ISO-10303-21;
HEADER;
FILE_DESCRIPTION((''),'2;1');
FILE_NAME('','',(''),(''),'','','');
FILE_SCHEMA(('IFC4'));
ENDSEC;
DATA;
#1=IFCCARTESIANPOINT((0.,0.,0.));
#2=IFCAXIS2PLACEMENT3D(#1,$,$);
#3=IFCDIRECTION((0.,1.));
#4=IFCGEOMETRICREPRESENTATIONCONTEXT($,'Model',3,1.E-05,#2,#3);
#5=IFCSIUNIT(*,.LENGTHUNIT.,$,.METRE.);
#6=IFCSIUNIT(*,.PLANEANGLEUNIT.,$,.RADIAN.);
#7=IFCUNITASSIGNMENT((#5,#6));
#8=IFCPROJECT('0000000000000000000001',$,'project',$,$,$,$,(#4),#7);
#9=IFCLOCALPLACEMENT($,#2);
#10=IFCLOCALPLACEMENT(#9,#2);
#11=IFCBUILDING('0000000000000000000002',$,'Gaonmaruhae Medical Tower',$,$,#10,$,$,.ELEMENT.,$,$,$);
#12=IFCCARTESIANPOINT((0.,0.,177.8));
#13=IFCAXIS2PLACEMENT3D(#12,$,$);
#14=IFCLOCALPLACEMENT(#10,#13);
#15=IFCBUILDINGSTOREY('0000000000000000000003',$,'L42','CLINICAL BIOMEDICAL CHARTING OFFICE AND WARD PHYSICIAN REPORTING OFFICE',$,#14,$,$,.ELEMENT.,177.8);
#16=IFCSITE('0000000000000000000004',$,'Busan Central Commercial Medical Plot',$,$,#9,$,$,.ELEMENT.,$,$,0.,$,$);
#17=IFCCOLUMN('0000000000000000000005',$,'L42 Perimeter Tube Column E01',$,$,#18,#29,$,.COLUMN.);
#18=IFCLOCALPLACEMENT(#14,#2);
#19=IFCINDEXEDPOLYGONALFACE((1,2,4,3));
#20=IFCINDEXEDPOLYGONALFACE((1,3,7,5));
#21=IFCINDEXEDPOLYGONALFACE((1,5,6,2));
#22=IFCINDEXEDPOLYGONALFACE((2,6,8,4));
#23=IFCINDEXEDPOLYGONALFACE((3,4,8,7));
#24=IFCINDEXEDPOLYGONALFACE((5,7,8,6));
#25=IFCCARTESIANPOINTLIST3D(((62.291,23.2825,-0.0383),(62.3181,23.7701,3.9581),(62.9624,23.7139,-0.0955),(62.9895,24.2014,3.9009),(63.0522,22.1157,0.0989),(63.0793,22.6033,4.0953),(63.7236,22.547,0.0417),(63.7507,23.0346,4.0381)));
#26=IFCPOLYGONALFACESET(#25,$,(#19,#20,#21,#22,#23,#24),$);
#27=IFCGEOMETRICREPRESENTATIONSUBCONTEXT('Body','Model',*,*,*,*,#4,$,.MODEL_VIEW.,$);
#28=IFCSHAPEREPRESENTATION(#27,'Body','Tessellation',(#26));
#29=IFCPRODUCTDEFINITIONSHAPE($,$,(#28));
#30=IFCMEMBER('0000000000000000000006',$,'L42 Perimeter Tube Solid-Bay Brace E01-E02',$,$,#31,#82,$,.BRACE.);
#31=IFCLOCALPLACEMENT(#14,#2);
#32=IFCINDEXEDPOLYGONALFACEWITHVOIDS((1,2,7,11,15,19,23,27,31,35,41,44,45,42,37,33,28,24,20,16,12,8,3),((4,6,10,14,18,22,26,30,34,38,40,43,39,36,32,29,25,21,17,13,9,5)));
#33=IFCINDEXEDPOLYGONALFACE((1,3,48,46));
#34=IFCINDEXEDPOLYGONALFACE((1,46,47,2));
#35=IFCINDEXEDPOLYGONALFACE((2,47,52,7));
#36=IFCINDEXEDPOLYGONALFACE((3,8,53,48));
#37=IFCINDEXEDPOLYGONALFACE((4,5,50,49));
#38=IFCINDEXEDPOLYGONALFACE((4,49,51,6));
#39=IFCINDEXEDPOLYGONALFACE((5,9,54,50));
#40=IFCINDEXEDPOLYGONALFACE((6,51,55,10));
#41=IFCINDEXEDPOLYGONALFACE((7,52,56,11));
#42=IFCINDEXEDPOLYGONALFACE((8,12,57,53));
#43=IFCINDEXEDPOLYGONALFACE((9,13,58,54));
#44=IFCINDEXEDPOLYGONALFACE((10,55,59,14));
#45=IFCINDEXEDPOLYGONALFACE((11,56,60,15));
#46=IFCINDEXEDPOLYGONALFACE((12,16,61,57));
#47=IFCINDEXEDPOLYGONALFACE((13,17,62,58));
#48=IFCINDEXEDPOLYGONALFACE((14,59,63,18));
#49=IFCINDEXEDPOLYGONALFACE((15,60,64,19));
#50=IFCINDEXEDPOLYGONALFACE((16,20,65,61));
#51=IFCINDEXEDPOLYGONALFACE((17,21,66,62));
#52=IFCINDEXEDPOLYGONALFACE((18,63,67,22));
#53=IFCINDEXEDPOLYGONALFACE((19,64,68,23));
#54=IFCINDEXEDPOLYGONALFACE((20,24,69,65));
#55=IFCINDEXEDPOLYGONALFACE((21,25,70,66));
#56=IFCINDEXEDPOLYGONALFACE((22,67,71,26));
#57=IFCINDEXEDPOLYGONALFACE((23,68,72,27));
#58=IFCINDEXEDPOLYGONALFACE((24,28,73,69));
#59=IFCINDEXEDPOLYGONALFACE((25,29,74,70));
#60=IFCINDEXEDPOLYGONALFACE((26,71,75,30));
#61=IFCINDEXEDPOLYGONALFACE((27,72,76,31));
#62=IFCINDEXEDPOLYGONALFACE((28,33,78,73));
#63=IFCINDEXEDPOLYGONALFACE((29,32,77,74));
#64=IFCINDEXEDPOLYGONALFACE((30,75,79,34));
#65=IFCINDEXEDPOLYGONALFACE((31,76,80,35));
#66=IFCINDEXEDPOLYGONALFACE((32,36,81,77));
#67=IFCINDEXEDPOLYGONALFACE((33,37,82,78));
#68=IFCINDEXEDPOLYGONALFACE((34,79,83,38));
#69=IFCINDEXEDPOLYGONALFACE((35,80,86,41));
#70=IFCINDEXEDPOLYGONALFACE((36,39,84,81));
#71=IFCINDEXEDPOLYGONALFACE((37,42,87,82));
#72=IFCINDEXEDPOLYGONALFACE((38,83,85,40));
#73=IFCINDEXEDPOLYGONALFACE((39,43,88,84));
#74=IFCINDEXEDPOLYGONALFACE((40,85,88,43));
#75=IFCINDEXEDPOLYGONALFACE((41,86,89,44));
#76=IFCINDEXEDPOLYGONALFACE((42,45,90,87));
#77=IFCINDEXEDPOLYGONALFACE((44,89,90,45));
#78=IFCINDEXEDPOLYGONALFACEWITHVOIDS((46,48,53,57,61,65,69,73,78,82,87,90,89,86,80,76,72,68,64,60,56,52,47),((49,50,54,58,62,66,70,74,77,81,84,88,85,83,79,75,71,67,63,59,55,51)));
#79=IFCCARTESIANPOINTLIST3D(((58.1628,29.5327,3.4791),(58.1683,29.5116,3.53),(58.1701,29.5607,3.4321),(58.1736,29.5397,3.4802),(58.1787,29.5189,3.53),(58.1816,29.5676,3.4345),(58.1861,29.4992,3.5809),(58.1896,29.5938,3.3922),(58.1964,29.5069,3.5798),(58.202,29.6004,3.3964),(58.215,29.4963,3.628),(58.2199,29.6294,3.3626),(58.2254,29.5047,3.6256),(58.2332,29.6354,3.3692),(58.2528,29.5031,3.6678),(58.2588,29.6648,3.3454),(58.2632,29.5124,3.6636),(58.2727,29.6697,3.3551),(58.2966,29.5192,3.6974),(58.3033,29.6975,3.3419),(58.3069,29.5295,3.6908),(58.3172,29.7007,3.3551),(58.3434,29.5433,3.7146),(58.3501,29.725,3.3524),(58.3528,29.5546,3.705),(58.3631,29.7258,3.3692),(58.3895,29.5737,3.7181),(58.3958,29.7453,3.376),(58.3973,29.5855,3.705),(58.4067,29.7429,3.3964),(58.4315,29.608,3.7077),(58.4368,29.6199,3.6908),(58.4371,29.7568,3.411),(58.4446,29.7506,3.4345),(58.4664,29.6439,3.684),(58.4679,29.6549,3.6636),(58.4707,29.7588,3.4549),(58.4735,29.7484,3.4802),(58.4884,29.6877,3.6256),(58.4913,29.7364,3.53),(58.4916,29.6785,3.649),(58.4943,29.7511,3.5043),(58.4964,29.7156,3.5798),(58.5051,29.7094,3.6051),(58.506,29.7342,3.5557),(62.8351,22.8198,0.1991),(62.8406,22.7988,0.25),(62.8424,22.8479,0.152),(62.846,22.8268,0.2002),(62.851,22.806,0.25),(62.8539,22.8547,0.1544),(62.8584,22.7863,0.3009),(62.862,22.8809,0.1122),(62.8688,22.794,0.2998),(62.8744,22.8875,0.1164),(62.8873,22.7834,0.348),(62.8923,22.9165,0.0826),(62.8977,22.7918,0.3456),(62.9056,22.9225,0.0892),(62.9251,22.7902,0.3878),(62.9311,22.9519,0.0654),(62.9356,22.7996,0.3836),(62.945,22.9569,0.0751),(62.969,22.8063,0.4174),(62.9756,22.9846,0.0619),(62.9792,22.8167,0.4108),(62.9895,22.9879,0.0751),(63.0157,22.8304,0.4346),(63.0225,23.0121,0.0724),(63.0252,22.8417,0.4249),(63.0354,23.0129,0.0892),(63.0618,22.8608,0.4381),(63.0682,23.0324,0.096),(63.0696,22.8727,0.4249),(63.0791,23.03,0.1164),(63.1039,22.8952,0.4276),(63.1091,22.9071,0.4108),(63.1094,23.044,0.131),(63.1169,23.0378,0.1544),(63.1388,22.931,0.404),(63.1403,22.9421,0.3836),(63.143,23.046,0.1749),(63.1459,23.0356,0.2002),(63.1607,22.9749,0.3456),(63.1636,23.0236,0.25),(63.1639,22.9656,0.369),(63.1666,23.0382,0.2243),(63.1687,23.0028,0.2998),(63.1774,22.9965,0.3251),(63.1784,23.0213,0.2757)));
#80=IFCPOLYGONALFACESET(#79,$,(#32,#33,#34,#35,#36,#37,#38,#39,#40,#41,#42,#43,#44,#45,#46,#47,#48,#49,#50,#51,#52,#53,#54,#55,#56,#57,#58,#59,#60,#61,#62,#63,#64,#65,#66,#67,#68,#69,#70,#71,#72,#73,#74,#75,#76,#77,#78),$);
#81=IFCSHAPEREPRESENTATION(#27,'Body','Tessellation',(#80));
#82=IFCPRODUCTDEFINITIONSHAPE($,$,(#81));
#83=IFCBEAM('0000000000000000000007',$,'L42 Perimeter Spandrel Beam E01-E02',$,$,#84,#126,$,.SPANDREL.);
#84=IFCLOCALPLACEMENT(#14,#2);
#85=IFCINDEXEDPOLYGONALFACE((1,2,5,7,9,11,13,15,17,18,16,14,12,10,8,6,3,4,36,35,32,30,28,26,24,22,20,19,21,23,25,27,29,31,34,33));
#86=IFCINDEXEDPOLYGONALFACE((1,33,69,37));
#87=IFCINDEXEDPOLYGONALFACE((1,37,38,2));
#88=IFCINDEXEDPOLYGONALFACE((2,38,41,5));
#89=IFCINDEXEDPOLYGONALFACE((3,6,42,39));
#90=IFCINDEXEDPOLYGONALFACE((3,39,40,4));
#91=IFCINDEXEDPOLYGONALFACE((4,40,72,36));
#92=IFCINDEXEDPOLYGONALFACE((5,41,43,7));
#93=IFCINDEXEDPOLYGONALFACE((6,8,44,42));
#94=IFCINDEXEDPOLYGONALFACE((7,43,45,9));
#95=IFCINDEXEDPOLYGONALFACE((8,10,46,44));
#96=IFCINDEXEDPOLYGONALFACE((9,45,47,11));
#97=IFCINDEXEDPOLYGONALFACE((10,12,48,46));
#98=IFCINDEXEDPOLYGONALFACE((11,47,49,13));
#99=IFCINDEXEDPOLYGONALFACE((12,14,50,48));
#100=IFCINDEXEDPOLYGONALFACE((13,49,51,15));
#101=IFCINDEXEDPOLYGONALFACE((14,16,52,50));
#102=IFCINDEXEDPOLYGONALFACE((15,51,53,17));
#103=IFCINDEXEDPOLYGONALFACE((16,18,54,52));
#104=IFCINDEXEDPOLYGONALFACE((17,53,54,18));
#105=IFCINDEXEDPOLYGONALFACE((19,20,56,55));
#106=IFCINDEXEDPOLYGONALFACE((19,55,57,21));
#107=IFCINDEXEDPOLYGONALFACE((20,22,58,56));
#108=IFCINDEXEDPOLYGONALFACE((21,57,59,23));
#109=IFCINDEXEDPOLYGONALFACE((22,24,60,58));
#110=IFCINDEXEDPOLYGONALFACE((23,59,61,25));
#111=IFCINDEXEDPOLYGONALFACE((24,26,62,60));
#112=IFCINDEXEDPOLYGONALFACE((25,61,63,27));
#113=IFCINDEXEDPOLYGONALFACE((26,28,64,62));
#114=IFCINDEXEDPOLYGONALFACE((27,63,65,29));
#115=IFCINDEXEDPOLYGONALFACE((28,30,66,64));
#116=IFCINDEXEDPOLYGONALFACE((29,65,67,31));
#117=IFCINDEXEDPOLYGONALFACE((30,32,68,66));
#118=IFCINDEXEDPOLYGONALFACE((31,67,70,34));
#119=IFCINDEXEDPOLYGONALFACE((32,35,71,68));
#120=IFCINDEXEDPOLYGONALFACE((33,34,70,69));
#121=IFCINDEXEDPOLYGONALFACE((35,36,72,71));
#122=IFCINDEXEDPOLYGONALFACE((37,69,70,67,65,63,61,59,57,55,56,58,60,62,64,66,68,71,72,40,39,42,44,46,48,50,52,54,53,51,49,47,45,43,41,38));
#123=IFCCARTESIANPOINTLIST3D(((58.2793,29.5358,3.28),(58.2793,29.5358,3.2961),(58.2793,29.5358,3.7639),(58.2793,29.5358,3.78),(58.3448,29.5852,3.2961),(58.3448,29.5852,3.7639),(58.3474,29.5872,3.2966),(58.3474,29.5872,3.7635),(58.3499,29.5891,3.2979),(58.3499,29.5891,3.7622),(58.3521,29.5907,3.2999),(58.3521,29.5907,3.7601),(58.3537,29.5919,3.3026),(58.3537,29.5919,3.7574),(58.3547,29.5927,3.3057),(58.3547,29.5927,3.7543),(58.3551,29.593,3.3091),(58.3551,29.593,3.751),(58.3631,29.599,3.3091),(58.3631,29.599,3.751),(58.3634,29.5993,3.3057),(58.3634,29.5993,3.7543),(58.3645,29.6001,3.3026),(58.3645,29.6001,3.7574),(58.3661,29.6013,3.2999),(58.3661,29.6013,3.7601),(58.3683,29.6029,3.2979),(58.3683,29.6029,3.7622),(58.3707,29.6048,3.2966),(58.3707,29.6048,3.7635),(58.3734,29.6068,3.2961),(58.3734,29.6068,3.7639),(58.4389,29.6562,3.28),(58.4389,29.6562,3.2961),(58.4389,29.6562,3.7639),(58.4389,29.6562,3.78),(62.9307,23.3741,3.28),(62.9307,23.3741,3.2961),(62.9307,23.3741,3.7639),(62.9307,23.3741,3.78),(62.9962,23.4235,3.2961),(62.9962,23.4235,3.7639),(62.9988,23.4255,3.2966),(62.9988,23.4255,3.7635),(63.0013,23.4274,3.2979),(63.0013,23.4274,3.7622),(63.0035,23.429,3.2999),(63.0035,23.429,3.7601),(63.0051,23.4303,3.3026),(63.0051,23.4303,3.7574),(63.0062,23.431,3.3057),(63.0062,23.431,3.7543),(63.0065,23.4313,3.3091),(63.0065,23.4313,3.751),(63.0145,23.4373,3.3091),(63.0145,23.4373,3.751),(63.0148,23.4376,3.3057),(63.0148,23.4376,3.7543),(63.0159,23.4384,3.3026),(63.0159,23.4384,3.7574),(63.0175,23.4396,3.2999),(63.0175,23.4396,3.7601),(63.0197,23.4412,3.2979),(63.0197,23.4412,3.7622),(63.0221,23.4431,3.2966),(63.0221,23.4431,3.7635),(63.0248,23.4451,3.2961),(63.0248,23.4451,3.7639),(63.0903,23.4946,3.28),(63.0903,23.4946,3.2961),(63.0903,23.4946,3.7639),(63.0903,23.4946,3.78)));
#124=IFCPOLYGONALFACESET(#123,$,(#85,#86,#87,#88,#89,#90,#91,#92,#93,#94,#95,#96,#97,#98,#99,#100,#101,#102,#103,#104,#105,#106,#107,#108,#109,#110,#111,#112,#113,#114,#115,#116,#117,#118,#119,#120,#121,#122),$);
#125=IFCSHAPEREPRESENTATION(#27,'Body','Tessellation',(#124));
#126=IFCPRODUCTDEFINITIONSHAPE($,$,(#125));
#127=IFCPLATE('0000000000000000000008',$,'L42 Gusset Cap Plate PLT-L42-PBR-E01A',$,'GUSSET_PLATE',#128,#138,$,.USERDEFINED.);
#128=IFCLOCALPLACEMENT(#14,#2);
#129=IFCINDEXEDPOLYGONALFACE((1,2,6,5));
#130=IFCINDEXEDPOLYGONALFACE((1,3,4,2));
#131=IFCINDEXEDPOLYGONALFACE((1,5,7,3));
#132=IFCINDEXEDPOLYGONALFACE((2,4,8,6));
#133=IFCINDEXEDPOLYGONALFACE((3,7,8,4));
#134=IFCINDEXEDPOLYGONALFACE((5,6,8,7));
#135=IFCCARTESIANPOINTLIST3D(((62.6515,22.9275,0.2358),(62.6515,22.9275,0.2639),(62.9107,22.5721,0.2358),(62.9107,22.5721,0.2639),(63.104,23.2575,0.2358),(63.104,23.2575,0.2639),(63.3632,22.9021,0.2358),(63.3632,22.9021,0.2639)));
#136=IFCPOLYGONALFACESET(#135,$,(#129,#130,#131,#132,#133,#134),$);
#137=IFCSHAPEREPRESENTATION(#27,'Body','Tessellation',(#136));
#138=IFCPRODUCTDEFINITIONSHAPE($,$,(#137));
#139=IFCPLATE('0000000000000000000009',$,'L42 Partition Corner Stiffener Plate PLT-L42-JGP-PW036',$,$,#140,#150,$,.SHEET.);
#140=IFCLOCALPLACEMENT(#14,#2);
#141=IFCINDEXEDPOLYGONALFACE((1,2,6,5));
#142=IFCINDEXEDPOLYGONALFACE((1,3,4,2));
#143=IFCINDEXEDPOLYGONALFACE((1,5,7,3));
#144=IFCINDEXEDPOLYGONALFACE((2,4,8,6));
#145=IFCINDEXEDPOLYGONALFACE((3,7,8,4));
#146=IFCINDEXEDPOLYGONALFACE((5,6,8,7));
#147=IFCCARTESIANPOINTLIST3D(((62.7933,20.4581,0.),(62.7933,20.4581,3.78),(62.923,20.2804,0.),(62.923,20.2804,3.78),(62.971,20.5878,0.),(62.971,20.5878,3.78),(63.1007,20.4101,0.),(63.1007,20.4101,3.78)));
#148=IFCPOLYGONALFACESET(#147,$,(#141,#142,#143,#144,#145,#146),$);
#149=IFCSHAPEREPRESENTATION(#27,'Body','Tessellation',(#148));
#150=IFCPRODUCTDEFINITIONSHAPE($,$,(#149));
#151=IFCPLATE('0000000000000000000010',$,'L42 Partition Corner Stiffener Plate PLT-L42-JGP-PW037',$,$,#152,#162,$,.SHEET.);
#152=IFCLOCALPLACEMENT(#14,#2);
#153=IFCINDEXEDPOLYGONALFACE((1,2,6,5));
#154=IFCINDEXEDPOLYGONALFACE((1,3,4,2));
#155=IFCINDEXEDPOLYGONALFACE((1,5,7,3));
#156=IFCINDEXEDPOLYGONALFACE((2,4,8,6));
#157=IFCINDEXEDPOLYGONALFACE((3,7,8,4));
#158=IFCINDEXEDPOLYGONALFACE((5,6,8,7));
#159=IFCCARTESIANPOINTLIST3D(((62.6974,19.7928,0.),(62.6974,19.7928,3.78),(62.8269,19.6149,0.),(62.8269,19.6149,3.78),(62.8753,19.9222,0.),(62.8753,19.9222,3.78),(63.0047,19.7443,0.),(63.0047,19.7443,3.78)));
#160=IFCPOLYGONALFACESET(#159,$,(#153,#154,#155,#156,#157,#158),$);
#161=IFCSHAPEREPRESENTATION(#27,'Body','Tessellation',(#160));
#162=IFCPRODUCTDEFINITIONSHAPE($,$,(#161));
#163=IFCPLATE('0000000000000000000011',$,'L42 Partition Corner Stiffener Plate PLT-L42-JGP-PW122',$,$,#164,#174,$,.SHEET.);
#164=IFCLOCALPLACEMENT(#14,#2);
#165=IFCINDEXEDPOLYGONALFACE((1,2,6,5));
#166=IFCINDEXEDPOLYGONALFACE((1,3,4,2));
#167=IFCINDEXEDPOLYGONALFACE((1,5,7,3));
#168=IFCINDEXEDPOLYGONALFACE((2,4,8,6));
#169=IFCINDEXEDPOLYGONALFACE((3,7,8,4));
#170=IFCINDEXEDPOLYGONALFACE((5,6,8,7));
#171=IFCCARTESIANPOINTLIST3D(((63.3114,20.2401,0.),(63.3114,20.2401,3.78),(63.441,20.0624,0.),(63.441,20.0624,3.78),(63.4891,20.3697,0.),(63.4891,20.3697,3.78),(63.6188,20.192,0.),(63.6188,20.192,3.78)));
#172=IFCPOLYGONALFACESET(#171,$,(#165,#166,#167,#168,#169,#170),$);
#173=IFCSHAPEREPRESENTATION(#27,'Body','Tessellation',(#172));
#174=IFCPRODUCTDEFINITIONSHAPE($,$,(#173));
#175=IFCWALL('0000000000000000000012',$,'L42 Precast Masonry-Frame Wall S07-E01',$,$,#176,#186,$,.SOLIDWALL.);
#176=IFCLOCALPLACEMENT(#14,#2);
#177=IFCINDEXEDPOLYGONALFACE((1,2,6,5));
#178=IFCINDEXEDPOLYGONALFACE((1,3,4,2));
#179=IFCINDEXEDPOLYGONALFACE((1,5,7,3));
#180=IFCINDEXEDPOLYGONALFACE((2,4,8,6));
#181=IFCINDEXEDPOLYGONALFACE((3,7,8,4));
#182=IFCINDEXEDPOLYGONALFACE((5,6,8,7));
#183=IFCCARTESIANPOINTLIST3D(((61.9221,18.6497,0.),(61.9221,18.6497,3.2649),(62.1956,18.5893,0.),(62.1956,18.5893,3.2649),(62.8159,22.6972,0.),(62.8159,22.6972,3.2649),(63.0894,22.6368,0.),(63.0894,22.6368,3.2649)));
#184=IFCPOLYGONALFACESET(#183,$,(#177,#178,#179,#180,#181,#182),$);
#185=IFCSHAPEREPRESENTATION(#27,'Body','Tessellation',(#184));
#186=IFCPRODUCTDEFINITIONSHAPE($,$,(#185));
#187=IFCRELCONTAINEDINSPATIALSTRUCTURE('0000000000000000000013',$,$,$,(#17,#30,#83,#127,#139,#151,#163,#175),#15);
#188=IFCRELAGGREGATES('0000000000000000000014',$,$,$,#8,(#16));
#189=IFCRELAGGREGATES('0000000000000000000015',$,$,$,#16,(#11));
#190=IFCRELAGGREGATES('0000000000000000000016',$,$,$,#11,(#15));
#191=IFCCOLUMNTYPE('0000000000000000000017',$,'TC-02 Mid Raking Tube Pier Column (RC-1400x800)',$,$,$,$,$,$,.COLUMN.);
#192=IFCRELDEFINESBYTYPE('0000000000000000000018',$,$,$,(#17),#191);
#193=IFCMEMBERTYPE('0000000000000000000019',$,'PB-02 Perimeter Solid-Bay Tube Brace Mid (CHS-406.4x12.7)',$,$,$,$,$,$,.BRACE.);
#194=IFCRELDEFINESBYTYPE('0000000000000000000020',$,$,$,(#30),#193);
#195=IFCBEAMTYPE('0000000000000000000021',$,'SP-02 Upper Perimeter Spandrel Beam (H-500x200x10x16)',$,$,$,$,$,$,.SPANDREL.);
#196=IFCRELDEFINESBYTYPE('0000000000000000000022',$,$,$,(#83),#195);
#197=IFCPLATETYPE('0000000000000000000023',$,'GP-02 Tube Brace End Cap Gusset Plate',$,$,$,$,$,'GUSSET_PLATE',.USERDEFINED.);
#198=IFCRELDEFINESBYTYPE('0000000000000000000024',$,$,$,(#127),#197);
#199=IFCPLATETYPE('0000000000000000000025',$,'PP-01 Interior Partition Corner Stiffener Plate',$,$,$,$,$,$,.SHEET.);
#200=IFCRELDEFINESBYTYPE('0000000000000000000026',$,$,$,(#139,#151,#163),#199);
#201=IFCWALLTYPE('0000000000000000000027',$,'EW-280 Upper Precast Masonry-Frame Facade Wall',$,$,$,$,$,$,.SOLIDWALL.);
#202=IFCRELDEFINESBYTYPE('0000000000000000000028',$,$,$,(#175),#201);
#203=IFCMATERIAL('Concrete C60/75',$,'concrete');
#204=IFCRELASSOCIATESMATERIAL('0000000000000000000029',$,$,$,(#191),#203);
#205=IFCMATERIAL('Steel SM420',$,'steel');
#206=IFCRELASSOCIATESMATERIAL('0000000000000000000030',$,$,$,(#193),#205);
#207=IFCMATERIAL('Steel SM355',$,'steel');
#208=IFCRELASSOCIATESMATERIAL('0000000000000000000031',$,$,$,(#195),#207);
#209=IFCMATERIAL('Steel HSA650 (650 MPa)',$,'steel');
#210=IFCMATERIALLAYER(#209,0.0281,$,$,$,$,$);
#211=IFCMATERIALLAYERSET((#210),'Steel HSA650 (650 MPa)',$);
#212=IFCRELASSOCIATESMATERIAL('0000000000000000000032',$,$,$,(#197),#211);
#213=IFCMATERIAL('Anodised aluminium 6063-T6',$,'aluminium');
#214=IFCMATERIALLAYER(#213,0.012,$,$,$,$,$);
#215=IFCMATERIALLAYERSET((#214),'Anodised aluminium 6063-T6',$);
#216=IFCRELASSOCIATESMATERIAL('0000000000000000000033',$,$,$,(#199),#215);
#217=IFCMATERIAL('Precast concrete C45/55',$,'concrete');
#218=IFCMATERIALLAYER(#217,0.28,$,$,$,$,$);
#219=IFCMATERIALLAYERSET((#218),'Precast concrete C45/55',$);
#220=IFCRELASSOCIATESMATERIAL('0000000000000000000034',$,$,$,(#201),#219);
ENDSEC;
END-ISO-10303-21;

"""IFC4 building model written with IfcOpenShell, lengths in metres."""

from ifc_helpers import new_model, si_unit, direction, frame, frame_2d, origin, origin_2d, place, context, subcontext, project, spatial, rectangle, hollow_circle, i_section, extrude, material, layer, layer_set, material_profile, profile_set, type_object, element, save


model = new_model("IFC4")

# Units and contexts
model_context = context("Model", 3, precision=1e-05, world=origin(), true_north=direction((0.0, 1.0)))
body_context = subcontext(model_context, "Body", "Model", "MODEL_VIEW")
ifc_project = project(units=[si_unit("LENGTHUNIT", "METRE"), si_unit("PLANEANGLEUNIT", "RADIAN")], contexts=[model_context])

# Site, building, storey
site_placement = place(None, origin())
site = spatial("IfcSite", under=ifc_project, at=site_placement, Name="Busan Central Commercial Medical Plot", CompositionType="ELEMENT", RefElevation=0.0)
building_placement = place(site_placement, origin())
building = spatial("IfcBuilding", under=site, at=building_placement, Name="Gaonmaruhae Medical Tower", CompositionType="ELEMENT")
storey_placement = place(building_placement, frame((0.0, 0.0, 177.8)))
storey = spatial("IfcBuildingStorey", under=building, at=storey_placement, Name="L42", Description="CLINICAL BIOMEDICAL CHARTING OFFICE AND WARD PHYSICIAN REPORTING OFFICE", CompositionType="ELEMENT", Elevation=177.8)

# Column
ifc_material_1 = material(Name="Concrete C60/75", Category="concrete")
ifc_material_profile_1 = material_profile(ifc_material_1, rectangle(XDim=1.3999, YDim=0.8, at=origin_2d()), Name="RC-1400x800")
ifc_profile_set_1 = profile_set([ifc_material_profile_1], Name="Concrete C60/75")
column_type = type_object("IfcColumnType", Name="TC-02 Mid Raking Tube Pier Column (RC-1400x800)", PredefinedType="COLUMN", material=ifc_profile_set_1)
column_placement = place(storey_placement, frame((63.0073, 22.9148, 0.0017), z_axis=(0.006731, 0.121098, 0.992618), x_axis=(0.543778, -0.833488, 0.097997)))
element("IfcColumn", 1, at=column_placement, inside=storey, type_object=column_type, Name="L42 Perimeter Tube Column E01", PredefinedType="COLUMN", context=body_context, shape_type="SweptSolid", body=[
    extrude(rectangle(XDim=1.3999, YDim=0.8, at=origin_2d()), origin(), (0.0, 0.0, 1.0), 4.0261),
])

# Member
ifc_material_2 = material(Name="Steel SM420", Category="steel")
ifc_material_profile_2 = material_profile(ifc_material_2, hollow_circle(Radius=0.2031, WallThickness=0.0127, at=origin_2d()), Name="CHS-406.4x12.7")
ifc_profile_set_2 = profile_set([ifc_material_profile_2], Name="Steel SM420")
member_type = type_object("IfcMemberType", Name="PB-02 Perimeter Solid-Bay Tube Brace Mid (CHS-406.4x12.7)", PredefinedType="BRACE", material=ifc_profile_set_2)
member_placement = place(storey_placement, frame((63.0073, 22.9148, 0.25), z_axis=(-0.530223, 0.761784, 0.37222), x_axis=(-0.82076, -0.571273, 0.0)))
element("IfcMember", 2, at=member_placement, inside=storey, type_object=member_type, Name="L42 Perimeter Tube Solid-Bay Brace E01-E02", PredefinedType="BRACE", context=body_context, shape_type="SweptSolid", body=[
    extrude(hollow_circle(Radius=0.2031, WallThickness=0.0127, at=origin_2d()), origin(), (0.0, 0.0, 1.0), 8.812),
])

# Beam
ifc_material_3 = material(Name="Steel SM355", Category="steel")
ifc_material_profile_3 = material_profile(ifc_material_3, i_section(OverallWidth=0.2, OverallDepth=0.5, WebThickness=0.01, FlangeThickness=0.0161, FilletRadius=0.0129, at=origin_2d()), Name="H-500x200x10x16")
ifc_profile_set_3 = profile_set([ifc_material_profile_3], Name="Steel SM355")
beam_type = type_object("IfcBeamType", Name="SP-02 Upper Perimeter Spandrel Beam (H-500x200x10x16)", PredefinedType="SPANDREL", material=ifc_profile_set_3)
beam_placement = place(storey_placement, frame((63.0105, 23.4343, 3.53), z_axis=(-0.602497, 0.798121, 0.0), x_axis=(-0.798121, -0.602497, 0.0)))
element("IfcBeam", 3, at=beam_placement, inside=storey, type_object=beam_type, Name="L42 Perimeter Spandrel Beam E01-E02", PredefinedType="SPANDREL", context=body_context, shape_type="SweptSolid", body=[
    extrude(i_section(OverallWidth=0.2, OverallDepth=0.5, WebThickness=0.01, FlangeThickness=0.0161, FilletRadius=0.0129, at=origin_2d()), origin(), (0.0, 0.0, 1.0), 7.7202),
])

# Plates
ifc_material_4 = material(Name="Steel HSA650 (650 MPa)", Category="steel")
ifc_layer_1 = layer(ifc_material_4, 0.0281)
ifc_layer_set_1 = layer_set([ifc_layer_1], Name="Steel HSA650 (650 MPa)")
plate_type_1 = type_object("IfcPlateType", Name="GP-02 Tube Brace End Cap Gusset Plate", ElementType="GUSSET_PLATE", PredefinedType="USERDEFINED", material=ifc_layer_set_1)
plate_placement = place(storey_placement, frame((63.0073, 22.9148, 0.2358), z_axis=(0.0, 0.0, 1.0), x_axis=(0.80799, 0.589196, 0.0)))
element("IfcPlate", 4, at=plate_placement, inside=storey, type_object=plate_type_1, Name="L42 Gusset Cap Plate PLT-L42-PBR-E01A", ObjectType="GUSSET_PLATE", PredefinedType="USERDEFINED", context=body_context, shape_type="SweptSolid", body=[
    extrude(rectangle(XDim=0.5601, YDim=0.4399, at=origin_2d()), origin(), (0.0, 0.0, 1.0), 0.0281),
])
ifc_material_5 = material(Name="Anodised aluminium 6063-T6", Category="aluminium")
ifc_layer_2 = layer(ifc_material_5, 0.012)
ifc_layer_set_2 = layer_set([ifc_layer_2], Name="Anodised aluminium 6063-T6")
plate_type_2 = type_object("IfcPlateType", Name="PP-01 Interior Partition Corner Stiffener Plate", PredefinedType="SHEET", material=ifc_layer_set_2)
for number, where, z_axis, x_axis, name in (
    (5, (62.947, 20.4341, 0.0), (0.0, 0.0, 1.0), (0.589648, -0.807661, 0.0), "L42 Partition Corner Stiffener Plate PLT-L42-JGP-PW036"),
    (6, (62.8511, 19.7686, 0.0), (0.0, 0.0, 1.0), (-0.808596, -0.588364, 0.0), "L42 Partition Corner Stiffener Plate PLT-L42-JGP-PW037"),
    (7, (63.4651, 20.2161, 0.0), (0.0, 0.0, 1.0), (-0.807938, -0.589267, 0.0), "L42 Partition Corner Stiffener Plate PLT-L42-JGP-PW122"),
):
    element("IfcPlate", number, at=place(storey_placement, frame(where, z_axis=z_axis, x_axis=x_axis)), inside=storey, type_object=plate_type_2, Name=name, PredefinedType="SHEET", context=body_context, shape_type="SweptSolid", body=[
        extrude(rectangle(XDim=0.22, YDim=0.22, at=origin_2d()), origin(), (0.0, 0.0, 1.0), 3.78),
    ])

# Wall
ifc_material_6 = material(Name="Precast concrete C45/55", Category="concrete")
ifc_layer_3 = layer(ifc_material_6, 0.28)
ifc_layer_set_3 = layer_set([ifc_layer_3], Name="Precast concrete C45/55")
wall_type_1 = type_object("IfcWallType", Name="EW-280 Upper Precast Masonry-Frame Facade Wall", PredefinedType="SOLIDWALL", material=ifc_layer_set_3)
wall_1_placement = place(storey_placement, frame((62.9526, 22.667, 0.0), z_axis=(0.0, 0.0, 1.0), x_axis=(-0.215627, -0.976476, 0.0)))
element("IfcWall", 8, at=wall_1_placement, inside=storey, type_object=wall_type_1, Name="L42 Precast Masonry-Frame Wall S07-E01", PredefinedType="SOLIDWALL", context=body_context, shape_type="SweptSolid", body=[
    extrude(rectangle(XDim=4.145, YDim=0.28, at=frame_2d((2.0725, 0.0))), origin(), (0.0, 0.0, 1.0), 3.2649),
])

save(model, "model.ifc")
